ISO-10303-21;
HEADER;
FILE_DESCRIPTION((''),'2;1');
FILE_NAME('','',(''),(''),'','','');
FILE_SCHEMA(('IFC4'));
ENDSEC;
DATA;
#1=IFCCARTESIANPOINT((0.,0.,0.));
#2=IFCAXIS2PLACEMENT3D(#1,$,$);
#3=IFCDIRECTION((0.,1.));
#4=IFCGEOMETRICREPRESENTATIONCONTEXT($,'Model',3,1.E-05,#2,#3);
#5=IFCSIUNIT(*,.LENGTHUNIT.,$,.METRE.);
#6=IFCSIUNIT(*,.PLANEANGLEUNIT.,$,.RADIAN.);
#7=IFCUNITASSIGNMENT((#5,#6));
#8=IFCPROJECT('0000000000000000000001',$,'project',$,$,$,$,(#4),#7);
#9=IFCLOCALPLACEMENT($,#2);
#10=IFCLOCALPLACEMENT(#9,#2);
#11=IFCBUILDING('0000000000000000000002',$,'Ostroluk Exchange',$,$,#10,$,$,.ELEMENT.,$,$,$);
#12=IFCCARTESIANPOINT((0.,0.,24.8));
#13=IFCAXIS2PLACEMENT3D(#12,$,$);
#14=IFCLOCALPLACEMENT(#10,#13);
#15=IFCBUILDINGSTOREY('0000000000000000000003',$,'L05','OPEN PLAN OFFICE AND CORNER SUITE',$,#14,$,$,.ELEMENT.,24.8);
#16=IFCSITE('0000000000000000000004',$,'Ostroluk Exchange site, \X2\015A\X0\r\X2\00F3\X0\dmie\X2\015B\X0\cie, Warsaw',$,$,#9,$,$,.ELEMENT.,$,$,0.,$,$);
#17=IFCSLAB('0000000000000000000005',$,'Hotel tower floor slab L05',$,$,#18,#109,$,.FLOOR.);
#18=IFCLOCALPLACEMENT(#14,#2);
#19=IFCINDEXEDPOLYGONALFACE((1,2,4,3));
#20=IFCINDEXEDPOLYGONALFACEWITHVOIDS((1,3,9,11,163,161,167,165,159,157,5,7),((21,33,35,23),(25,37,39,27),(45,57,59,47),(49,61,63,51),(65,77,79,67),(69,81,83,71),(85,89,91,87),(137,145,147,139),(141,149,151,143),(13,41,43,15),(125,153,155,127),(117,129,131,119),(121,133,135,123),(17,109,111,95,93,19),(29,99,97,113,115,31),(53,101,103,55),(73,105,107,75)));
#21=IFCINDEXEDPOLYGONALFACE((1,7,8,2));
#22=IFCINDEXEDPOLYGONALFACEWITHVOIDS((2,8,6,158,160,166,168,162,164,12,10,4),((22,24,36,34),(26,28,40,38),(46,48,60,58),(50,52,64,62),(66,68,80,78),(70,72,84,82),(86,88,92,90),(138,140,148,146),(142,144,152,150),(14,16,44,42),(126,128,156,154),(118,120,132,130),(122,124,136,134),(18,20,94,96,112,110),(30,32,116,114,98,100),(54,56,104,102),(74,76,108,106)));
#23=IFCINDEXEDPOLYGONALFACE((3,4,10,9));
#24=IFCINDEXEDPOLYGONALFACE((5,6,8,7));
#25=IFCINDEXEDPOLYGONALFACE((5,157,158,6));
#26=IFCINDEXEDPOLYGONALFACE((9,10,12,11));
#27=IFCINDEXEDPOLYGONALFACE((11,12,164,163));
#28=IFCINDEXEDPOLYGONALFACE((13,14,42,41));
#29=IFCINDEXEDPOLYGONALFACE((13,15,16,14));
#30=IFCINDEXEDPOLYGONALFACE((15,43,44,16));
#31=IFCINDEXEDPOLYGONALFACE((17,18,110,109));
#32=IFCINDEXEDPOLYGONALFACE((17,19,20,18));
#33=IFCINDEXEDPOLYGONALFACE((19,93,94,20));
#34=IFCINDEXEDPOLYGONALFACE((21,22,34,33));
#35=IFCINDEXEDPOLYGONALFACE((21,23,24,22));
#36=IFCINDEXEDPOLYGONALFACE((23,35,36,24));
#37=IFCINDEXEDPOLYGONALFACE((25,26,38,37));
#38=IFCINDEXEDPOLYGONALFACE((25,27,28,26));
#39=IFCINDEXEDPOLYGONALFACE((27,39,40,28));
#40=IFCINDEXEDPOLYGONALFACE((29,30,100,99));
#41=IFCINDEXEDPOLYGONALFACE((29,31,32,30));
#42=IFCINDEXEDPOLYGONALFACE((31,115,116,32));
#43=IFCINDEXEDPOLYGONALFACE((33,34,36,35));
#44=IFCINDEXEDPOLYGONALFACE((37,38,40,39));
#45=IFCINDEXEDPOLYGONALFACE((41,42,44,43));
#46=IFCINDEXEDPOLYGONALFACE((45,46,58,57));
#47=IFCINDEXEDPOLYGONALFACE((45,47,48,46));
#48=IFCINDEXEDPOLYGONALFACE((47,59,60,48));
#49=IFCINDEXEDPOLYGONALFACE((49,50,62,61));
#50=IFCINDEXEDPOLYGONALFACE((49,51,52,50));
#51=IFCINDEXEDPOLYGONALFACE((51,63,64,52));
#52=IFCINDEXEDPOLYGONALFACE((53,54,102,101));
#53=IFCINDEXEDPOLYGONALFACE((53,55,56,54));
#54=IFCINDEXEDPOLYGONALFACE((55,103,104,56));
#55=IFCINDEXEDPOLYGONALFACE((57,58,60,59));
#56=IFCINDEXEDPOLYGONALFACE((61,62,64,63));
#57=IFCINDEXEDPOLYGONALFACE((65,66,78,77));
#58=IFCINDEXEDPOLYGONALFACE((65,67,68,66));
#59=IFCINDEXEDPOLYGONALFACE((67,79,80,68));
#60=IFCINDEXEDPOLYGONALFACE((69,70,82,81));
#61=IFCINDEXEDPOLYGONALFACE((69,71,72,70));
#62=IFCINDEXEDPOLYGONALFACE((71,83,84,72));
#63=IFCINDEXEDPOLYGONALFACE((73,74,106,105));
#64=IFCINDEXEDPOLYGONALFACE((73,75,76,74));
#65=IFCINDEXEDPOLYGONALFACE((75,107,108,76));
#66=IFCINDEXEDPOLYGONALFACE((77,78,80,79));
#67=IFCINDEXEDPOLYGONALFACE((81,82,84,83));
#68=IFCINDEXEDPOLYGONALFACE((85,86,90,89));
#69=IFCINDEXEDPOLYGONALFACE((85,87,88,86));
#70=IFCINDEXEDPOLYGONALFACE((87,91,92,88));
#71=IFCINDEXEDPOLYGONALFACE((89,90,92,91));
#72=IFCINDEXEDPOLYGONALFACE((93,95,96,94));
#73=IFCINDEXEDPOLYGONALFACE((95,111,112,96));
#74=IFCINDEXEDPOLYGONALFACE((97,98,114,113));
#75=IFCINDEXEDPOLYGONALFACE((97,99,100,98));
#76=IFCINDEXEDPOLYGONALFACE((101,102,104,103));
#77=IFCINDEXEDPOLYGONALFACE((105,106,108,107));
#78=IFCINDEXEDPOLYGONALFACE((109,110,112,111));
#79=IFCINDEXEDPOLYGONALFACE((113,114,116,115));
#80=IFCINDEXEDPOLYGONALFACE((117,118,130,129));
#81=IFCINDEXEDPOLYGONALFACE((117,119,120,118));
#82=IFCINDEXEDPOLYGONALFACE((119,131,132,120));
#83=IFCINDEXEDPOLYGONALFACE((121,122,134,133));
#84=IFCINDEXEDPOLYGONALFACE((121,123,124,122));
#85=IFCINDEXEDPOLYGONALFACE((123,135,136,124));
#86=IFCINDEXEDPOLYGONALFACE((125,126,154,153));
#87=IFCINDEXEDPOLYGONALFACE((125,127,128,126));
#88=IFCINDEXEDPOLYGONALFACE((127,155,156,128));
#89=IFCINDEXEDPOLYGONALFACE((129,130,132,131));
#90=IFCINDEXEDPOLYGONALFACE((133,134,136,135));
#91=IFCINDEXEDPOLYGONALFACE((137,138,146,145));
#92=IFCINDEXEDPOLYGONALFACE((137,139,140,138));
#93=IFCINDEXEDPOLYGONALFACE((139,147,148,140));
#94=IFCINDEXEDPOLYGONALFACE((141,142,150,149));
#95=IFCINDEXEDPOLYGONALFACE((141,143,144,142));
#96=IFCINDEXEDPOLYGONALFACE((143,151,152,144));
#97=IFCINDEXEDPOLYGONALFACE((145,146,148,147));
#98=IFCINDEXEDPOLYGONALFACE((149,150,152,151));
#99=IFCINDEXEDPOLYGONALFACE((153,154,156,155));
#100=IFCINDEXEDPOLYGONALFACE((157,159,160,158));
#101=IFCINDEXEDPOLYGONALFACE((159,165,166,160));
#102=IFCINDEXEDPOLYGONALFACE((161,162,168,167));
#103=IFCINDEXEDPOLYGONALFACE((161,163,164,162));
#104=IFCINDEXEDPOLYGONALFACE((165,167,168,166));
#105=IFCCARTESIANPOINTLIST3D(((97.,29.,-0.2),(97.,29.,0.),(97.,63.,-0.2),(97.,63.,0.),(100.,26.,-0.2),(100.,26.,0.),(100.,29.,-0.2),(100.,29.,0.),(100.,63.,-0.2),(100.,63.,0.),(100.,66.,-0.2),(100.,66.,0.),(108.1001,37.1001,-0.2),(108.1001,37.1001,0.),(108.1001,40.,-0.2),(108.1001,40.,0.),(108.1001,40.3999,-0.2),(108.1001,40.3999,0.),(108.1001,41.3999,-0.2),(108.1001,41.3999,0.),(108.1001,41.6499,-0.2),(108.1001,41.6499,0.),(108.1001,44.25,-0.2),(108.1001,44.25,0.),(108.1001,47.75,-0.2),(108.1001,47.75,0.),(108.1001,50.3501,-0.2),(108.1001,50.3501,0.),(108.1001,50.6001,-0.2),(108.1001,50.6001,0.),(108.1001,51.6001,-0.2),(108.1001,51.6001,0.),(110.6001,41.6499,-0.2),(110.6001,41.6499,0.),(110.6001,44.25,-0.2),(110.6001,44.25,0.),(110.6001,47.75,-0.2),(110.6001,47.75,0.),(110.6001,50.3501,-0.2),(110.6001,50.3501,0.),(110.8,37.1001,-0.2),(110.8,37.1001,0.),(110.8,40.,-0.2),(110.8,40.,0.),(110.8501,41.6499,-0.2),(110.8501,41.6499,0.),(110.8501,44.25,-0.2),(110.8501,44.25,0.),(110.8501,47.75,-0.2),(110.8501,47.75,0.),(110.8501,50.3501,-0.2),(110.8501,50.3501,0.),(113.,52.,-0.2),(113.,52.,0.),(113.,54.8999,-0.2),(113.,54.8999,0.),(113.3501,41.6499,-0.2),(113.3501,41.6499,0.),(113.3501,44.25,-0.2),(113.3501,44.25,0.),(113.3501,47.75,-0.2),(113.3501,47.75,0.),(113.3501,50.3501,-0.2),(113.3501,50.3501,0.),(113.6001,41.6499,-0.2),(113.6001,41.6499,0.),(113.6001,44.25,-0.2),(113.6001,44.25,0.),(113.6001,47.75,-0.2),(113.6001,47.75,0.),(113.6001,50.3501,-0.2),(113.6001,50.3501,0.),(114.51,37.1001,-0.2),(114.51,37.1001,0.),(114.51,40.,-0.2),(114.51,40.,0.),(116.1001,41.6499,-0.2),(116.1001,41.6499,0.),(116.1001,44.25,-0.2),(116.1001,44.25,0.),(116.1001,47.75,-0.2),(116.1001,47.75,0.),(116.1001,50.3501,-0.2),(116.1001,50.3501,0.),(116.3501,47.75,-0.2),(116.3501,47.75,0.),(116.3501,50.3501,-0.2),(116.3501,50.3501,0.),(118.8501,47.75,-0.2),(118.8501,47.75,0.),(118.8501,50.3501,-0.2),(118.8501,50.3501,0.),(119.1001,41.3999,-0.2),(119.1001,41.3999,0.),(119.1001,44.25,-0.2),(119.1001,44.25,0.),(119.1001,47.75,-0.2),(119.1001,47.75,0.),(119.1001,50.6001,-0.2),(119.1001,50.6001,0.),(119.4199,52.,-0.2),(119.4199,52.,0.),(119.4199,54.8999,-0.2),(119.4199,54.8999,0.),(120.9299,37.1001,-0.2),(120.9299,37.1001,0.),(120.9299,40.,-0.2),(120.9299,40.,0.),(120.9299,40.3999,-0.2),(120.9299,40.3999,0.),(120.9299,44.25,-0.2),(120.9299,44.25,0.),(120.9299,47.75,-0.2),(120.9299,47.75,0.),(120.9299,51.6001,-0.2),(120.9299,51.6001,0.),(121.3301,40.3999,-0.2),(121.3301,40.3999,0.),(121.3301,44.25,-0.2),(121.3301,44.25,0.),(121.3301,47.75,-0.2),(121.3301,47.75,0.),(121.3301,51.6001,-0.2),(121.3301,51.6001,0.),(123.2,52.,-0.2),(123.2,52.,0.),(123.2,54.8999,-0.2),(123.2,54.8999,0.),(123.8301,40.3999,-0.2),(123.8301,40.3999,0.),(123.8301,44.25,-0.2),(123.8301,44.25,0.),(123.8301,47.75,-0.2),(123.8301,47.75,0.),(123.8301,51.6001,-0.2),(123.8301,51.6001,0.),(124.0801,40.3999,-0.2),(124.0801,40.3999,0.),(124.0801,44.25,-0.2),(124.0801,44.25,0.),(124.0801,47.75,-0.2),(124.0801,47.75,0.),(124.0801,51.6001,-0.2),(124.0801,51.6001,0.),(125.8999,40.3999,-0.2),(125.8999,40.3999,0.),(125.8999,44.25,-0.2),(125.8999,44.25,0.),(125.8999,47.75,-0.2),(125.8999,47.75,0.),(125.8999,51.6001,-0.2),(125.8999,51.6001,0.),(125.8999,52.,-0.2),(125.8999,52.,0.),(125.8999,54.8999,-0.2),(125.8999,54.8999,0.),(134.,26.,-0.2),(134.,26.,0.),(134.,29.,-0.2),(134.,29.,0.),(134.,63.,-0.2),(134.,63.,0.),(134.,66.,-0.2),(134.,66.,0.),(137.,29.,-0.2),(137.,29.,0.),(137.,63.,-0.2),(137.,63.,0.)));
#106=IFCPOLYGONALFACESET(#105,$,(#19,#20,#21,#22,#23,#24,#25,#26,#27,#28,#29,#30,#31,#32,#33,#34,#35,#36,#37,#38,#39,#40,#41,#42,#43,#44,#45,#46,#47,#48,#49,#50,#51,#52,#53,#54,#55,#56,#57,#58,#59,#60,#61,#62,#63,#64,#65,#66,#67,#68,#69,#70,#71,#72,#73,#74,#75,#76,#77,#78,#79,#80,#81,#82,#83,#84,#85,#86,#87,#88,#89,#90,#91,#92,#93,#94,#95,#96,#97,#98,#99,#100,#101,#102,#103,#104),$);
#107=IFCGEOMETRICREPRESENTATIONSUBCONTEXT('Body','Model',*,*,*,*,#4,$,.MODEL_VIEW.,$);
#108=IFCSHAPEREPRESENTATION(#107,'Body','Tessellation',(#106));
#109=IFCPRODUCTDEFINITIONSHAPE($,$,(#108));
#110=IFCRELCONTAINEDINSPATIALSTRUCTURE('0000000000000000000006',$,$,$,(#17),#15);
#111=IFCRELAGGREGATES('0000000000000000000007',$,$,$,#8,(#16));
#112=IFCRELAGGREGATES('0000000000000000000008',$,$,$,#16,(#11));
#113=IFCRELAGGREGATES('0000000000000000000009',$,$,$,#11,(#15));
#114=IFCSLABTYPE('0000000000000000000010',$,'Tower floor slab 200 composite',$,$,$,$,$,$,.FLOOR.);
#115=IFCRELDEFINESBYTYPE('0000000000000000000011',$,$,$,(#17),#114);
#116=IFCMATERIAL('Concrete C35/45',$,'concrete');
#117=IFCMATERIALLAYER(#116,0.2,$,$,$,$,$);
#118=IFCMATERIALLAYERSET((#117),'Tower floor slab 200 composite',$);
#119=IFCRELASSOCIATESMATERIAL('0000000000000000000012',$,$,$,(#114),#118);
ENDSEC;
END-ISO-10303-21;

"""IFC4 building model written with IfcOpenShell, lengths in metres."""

from ifc_helpers import new_model, si_unit, direction, frame, origin, place, context, subcontext, project, spatial, polyline, outline, extrude, material, layer, layer_set, type_object, element, save


model = new_model("IFC4")

# Units and contexts
model_context = context("Model", 3, precision=1e-05, world=origin(), true_north=direction((0.0, 1.0)))
body_context = subcontext(model_context, "Body", "Model", "MODEL_VIEW")
ifc_project = project(units=[si_unit("LENGTHUNIT", "METRE"), si_unit("PLANEANGLEUNIT", "RADIAN")], contexts=[model_context])

# Site, building, storey
site_placement = place(None, origin())
site = spatial("IfcSite", under=ifc_project, at=site_placement, Name="Ostroluk Exchange site, Śródmieście, Warsaw", CompositionType="ELEMENT", RefElevation=0.0)
building_placement = place(site_placement, origin())
building = spatial("IfcBuilding", under=site, at=building_placement, Name="Ostroluk Exchange", CompositionType="ELEMENT")
storey_placement = place(building_placement, frame((0.0, 0.0, 24.8)))
storey = spatial("IfcBuildingStorey", under=building, at=storey_placement, Name="L05", Description="OPEN PLAN OFFICE AND CORNER SUITE", CompositionType="ELEMENT", Elevation=24.8)

# Slab
ifc_material_1 = material(Name="Concrete C35/45", Category="concrete")
ifc_layer_1 = layer(ifc_material_1, 0.2)
ifc_layer_set_1 = layer_set([ifc_layer_1], Name="Tower floor slab 200 composite")
slab_type_1 = type_object("IfcSlabType", Name="Tower floor slab 200 composite", PredefinedType="FLOOR", material=ifc_layer_set_1)
slab_1_placement = place(storey_placement, frame((0.0, 0.0, -0.2)))
element("IfcSlab", 1, at=slab_1_placement, inside=storey, type_object=slab_type_1, Name="Hotel tower floor slab L05", PredefinedType="FLOOR", context=body_context, shape_type="SweptSolid", body=[
    extrude(outline(polyline([(100.0, 26.0), (134.0, 26.0), (134.0, 29.0), (137.0, 29.0), (137.0, 63.0), (134.0, 63.0), (134.0, 66.0), (100.0, 66.0), (100.0, 63.0), (97.0, 63.0), (97.0, 29.0), (100.0, 29.0), (100.0, 26.0)]), holes=[polyline([(108.1001, 37.1001), (110.8, 37.1001), (110.8, 40.0), (108.1001, 40.0), (108.1001, 37.1001)]), polyline([(114.51, 37.1001), (120.9299, 37.1001), (120.9299, 40.0), (114.51, 40.0), (114.51, 37.1001)]), polyline([(113.0, 52.0), (119.4199, 52.0), (119.4199, 54.8999), (113.0, 54.8999), (113.0, 52.0)]), polyline([(123.2, 52.0), (125.8999, 52.0), (125.8999, 54.8999), (123.2, 54.8999), (123.2, 52.0)]), polyline([(108.1001, 47.75), (110.6001, 47.75), (110.6001, 50.3501), (108.1001, 50.3501), (108.1001, 47.75)]), polyline([(110.8501, 47.75), (113.3501, 47.75), (113.3501, 50.3501), (110.8501, 50.3501), (110.8501, 47.75)]), polyline([(113.6001, 47.75), (116.1001, 47.75), (116.1001, 50.3501), (113.6001, 50.3501), (113.6001, 47.75)]), polyline([(116.3501, 47.75), (118.8501, 47.75), (118.8501, 50.3501), (116.3501, 50.3501), (116.3501, 47.75)]), polyline([(108.1001, 41.6499), (110.6001, 41.6499), (110.6001, 44.25), (108.1001, 44.25), (108.1001, 41.6499)]), polyline([(110.8501, 41.6499), (113.3501, 41.6499), (113.3501, 44.25), (110.8501, 44.25), (110.8501, 41.6499)]), polyline([(113.6001, 41.6499), (116.1001, 41.6499), (116.1001, 44.25), (113.6001, 44.25), (113.6001, 41.6499)]), polyline([(121.3301, 47.75), (123.8301, 47.75), (123.8301, 51.6001), (121.3301, 51.6001), (121.3301, 47.75)]), polyline([(121.3301, 40.3999), (123.8301, 40.3999), (123.8301, 44.25), (121.3301, 44.25), (121.3301, 40.3999)]), polyline([(120.9299, 51.6001), (120.9299, 47.75), (119.1001, 47.75), (119.1001, 50.6001), (108.1001, 50.6001), (108.1001, 51.6001), (120.9299, 51.6001)]), polyline([(108.1001, 40.3999), (108.1001, 41.3999), (119.1001, 41.3999), (119.1001, 44.25), (120.9299, 44.25), (120.9299, 40.3999), (108.1001, 40.3999)]), polyline([(124.0801, 47.75), (125.8999, 47.75), (125.8999, 51.6001), (124.0801, 51.6001), (124.0801, 47.75)]), polyline([(124.0801, 40.3999), (125.8999, 40.3999), (125.8999, 44.25), (124.0801, 44.25), (124.0801, 40.3999)])]), origin(), (0.0, 0.0, 1.0), 0.2),
])

save(model, "model.ifc")
